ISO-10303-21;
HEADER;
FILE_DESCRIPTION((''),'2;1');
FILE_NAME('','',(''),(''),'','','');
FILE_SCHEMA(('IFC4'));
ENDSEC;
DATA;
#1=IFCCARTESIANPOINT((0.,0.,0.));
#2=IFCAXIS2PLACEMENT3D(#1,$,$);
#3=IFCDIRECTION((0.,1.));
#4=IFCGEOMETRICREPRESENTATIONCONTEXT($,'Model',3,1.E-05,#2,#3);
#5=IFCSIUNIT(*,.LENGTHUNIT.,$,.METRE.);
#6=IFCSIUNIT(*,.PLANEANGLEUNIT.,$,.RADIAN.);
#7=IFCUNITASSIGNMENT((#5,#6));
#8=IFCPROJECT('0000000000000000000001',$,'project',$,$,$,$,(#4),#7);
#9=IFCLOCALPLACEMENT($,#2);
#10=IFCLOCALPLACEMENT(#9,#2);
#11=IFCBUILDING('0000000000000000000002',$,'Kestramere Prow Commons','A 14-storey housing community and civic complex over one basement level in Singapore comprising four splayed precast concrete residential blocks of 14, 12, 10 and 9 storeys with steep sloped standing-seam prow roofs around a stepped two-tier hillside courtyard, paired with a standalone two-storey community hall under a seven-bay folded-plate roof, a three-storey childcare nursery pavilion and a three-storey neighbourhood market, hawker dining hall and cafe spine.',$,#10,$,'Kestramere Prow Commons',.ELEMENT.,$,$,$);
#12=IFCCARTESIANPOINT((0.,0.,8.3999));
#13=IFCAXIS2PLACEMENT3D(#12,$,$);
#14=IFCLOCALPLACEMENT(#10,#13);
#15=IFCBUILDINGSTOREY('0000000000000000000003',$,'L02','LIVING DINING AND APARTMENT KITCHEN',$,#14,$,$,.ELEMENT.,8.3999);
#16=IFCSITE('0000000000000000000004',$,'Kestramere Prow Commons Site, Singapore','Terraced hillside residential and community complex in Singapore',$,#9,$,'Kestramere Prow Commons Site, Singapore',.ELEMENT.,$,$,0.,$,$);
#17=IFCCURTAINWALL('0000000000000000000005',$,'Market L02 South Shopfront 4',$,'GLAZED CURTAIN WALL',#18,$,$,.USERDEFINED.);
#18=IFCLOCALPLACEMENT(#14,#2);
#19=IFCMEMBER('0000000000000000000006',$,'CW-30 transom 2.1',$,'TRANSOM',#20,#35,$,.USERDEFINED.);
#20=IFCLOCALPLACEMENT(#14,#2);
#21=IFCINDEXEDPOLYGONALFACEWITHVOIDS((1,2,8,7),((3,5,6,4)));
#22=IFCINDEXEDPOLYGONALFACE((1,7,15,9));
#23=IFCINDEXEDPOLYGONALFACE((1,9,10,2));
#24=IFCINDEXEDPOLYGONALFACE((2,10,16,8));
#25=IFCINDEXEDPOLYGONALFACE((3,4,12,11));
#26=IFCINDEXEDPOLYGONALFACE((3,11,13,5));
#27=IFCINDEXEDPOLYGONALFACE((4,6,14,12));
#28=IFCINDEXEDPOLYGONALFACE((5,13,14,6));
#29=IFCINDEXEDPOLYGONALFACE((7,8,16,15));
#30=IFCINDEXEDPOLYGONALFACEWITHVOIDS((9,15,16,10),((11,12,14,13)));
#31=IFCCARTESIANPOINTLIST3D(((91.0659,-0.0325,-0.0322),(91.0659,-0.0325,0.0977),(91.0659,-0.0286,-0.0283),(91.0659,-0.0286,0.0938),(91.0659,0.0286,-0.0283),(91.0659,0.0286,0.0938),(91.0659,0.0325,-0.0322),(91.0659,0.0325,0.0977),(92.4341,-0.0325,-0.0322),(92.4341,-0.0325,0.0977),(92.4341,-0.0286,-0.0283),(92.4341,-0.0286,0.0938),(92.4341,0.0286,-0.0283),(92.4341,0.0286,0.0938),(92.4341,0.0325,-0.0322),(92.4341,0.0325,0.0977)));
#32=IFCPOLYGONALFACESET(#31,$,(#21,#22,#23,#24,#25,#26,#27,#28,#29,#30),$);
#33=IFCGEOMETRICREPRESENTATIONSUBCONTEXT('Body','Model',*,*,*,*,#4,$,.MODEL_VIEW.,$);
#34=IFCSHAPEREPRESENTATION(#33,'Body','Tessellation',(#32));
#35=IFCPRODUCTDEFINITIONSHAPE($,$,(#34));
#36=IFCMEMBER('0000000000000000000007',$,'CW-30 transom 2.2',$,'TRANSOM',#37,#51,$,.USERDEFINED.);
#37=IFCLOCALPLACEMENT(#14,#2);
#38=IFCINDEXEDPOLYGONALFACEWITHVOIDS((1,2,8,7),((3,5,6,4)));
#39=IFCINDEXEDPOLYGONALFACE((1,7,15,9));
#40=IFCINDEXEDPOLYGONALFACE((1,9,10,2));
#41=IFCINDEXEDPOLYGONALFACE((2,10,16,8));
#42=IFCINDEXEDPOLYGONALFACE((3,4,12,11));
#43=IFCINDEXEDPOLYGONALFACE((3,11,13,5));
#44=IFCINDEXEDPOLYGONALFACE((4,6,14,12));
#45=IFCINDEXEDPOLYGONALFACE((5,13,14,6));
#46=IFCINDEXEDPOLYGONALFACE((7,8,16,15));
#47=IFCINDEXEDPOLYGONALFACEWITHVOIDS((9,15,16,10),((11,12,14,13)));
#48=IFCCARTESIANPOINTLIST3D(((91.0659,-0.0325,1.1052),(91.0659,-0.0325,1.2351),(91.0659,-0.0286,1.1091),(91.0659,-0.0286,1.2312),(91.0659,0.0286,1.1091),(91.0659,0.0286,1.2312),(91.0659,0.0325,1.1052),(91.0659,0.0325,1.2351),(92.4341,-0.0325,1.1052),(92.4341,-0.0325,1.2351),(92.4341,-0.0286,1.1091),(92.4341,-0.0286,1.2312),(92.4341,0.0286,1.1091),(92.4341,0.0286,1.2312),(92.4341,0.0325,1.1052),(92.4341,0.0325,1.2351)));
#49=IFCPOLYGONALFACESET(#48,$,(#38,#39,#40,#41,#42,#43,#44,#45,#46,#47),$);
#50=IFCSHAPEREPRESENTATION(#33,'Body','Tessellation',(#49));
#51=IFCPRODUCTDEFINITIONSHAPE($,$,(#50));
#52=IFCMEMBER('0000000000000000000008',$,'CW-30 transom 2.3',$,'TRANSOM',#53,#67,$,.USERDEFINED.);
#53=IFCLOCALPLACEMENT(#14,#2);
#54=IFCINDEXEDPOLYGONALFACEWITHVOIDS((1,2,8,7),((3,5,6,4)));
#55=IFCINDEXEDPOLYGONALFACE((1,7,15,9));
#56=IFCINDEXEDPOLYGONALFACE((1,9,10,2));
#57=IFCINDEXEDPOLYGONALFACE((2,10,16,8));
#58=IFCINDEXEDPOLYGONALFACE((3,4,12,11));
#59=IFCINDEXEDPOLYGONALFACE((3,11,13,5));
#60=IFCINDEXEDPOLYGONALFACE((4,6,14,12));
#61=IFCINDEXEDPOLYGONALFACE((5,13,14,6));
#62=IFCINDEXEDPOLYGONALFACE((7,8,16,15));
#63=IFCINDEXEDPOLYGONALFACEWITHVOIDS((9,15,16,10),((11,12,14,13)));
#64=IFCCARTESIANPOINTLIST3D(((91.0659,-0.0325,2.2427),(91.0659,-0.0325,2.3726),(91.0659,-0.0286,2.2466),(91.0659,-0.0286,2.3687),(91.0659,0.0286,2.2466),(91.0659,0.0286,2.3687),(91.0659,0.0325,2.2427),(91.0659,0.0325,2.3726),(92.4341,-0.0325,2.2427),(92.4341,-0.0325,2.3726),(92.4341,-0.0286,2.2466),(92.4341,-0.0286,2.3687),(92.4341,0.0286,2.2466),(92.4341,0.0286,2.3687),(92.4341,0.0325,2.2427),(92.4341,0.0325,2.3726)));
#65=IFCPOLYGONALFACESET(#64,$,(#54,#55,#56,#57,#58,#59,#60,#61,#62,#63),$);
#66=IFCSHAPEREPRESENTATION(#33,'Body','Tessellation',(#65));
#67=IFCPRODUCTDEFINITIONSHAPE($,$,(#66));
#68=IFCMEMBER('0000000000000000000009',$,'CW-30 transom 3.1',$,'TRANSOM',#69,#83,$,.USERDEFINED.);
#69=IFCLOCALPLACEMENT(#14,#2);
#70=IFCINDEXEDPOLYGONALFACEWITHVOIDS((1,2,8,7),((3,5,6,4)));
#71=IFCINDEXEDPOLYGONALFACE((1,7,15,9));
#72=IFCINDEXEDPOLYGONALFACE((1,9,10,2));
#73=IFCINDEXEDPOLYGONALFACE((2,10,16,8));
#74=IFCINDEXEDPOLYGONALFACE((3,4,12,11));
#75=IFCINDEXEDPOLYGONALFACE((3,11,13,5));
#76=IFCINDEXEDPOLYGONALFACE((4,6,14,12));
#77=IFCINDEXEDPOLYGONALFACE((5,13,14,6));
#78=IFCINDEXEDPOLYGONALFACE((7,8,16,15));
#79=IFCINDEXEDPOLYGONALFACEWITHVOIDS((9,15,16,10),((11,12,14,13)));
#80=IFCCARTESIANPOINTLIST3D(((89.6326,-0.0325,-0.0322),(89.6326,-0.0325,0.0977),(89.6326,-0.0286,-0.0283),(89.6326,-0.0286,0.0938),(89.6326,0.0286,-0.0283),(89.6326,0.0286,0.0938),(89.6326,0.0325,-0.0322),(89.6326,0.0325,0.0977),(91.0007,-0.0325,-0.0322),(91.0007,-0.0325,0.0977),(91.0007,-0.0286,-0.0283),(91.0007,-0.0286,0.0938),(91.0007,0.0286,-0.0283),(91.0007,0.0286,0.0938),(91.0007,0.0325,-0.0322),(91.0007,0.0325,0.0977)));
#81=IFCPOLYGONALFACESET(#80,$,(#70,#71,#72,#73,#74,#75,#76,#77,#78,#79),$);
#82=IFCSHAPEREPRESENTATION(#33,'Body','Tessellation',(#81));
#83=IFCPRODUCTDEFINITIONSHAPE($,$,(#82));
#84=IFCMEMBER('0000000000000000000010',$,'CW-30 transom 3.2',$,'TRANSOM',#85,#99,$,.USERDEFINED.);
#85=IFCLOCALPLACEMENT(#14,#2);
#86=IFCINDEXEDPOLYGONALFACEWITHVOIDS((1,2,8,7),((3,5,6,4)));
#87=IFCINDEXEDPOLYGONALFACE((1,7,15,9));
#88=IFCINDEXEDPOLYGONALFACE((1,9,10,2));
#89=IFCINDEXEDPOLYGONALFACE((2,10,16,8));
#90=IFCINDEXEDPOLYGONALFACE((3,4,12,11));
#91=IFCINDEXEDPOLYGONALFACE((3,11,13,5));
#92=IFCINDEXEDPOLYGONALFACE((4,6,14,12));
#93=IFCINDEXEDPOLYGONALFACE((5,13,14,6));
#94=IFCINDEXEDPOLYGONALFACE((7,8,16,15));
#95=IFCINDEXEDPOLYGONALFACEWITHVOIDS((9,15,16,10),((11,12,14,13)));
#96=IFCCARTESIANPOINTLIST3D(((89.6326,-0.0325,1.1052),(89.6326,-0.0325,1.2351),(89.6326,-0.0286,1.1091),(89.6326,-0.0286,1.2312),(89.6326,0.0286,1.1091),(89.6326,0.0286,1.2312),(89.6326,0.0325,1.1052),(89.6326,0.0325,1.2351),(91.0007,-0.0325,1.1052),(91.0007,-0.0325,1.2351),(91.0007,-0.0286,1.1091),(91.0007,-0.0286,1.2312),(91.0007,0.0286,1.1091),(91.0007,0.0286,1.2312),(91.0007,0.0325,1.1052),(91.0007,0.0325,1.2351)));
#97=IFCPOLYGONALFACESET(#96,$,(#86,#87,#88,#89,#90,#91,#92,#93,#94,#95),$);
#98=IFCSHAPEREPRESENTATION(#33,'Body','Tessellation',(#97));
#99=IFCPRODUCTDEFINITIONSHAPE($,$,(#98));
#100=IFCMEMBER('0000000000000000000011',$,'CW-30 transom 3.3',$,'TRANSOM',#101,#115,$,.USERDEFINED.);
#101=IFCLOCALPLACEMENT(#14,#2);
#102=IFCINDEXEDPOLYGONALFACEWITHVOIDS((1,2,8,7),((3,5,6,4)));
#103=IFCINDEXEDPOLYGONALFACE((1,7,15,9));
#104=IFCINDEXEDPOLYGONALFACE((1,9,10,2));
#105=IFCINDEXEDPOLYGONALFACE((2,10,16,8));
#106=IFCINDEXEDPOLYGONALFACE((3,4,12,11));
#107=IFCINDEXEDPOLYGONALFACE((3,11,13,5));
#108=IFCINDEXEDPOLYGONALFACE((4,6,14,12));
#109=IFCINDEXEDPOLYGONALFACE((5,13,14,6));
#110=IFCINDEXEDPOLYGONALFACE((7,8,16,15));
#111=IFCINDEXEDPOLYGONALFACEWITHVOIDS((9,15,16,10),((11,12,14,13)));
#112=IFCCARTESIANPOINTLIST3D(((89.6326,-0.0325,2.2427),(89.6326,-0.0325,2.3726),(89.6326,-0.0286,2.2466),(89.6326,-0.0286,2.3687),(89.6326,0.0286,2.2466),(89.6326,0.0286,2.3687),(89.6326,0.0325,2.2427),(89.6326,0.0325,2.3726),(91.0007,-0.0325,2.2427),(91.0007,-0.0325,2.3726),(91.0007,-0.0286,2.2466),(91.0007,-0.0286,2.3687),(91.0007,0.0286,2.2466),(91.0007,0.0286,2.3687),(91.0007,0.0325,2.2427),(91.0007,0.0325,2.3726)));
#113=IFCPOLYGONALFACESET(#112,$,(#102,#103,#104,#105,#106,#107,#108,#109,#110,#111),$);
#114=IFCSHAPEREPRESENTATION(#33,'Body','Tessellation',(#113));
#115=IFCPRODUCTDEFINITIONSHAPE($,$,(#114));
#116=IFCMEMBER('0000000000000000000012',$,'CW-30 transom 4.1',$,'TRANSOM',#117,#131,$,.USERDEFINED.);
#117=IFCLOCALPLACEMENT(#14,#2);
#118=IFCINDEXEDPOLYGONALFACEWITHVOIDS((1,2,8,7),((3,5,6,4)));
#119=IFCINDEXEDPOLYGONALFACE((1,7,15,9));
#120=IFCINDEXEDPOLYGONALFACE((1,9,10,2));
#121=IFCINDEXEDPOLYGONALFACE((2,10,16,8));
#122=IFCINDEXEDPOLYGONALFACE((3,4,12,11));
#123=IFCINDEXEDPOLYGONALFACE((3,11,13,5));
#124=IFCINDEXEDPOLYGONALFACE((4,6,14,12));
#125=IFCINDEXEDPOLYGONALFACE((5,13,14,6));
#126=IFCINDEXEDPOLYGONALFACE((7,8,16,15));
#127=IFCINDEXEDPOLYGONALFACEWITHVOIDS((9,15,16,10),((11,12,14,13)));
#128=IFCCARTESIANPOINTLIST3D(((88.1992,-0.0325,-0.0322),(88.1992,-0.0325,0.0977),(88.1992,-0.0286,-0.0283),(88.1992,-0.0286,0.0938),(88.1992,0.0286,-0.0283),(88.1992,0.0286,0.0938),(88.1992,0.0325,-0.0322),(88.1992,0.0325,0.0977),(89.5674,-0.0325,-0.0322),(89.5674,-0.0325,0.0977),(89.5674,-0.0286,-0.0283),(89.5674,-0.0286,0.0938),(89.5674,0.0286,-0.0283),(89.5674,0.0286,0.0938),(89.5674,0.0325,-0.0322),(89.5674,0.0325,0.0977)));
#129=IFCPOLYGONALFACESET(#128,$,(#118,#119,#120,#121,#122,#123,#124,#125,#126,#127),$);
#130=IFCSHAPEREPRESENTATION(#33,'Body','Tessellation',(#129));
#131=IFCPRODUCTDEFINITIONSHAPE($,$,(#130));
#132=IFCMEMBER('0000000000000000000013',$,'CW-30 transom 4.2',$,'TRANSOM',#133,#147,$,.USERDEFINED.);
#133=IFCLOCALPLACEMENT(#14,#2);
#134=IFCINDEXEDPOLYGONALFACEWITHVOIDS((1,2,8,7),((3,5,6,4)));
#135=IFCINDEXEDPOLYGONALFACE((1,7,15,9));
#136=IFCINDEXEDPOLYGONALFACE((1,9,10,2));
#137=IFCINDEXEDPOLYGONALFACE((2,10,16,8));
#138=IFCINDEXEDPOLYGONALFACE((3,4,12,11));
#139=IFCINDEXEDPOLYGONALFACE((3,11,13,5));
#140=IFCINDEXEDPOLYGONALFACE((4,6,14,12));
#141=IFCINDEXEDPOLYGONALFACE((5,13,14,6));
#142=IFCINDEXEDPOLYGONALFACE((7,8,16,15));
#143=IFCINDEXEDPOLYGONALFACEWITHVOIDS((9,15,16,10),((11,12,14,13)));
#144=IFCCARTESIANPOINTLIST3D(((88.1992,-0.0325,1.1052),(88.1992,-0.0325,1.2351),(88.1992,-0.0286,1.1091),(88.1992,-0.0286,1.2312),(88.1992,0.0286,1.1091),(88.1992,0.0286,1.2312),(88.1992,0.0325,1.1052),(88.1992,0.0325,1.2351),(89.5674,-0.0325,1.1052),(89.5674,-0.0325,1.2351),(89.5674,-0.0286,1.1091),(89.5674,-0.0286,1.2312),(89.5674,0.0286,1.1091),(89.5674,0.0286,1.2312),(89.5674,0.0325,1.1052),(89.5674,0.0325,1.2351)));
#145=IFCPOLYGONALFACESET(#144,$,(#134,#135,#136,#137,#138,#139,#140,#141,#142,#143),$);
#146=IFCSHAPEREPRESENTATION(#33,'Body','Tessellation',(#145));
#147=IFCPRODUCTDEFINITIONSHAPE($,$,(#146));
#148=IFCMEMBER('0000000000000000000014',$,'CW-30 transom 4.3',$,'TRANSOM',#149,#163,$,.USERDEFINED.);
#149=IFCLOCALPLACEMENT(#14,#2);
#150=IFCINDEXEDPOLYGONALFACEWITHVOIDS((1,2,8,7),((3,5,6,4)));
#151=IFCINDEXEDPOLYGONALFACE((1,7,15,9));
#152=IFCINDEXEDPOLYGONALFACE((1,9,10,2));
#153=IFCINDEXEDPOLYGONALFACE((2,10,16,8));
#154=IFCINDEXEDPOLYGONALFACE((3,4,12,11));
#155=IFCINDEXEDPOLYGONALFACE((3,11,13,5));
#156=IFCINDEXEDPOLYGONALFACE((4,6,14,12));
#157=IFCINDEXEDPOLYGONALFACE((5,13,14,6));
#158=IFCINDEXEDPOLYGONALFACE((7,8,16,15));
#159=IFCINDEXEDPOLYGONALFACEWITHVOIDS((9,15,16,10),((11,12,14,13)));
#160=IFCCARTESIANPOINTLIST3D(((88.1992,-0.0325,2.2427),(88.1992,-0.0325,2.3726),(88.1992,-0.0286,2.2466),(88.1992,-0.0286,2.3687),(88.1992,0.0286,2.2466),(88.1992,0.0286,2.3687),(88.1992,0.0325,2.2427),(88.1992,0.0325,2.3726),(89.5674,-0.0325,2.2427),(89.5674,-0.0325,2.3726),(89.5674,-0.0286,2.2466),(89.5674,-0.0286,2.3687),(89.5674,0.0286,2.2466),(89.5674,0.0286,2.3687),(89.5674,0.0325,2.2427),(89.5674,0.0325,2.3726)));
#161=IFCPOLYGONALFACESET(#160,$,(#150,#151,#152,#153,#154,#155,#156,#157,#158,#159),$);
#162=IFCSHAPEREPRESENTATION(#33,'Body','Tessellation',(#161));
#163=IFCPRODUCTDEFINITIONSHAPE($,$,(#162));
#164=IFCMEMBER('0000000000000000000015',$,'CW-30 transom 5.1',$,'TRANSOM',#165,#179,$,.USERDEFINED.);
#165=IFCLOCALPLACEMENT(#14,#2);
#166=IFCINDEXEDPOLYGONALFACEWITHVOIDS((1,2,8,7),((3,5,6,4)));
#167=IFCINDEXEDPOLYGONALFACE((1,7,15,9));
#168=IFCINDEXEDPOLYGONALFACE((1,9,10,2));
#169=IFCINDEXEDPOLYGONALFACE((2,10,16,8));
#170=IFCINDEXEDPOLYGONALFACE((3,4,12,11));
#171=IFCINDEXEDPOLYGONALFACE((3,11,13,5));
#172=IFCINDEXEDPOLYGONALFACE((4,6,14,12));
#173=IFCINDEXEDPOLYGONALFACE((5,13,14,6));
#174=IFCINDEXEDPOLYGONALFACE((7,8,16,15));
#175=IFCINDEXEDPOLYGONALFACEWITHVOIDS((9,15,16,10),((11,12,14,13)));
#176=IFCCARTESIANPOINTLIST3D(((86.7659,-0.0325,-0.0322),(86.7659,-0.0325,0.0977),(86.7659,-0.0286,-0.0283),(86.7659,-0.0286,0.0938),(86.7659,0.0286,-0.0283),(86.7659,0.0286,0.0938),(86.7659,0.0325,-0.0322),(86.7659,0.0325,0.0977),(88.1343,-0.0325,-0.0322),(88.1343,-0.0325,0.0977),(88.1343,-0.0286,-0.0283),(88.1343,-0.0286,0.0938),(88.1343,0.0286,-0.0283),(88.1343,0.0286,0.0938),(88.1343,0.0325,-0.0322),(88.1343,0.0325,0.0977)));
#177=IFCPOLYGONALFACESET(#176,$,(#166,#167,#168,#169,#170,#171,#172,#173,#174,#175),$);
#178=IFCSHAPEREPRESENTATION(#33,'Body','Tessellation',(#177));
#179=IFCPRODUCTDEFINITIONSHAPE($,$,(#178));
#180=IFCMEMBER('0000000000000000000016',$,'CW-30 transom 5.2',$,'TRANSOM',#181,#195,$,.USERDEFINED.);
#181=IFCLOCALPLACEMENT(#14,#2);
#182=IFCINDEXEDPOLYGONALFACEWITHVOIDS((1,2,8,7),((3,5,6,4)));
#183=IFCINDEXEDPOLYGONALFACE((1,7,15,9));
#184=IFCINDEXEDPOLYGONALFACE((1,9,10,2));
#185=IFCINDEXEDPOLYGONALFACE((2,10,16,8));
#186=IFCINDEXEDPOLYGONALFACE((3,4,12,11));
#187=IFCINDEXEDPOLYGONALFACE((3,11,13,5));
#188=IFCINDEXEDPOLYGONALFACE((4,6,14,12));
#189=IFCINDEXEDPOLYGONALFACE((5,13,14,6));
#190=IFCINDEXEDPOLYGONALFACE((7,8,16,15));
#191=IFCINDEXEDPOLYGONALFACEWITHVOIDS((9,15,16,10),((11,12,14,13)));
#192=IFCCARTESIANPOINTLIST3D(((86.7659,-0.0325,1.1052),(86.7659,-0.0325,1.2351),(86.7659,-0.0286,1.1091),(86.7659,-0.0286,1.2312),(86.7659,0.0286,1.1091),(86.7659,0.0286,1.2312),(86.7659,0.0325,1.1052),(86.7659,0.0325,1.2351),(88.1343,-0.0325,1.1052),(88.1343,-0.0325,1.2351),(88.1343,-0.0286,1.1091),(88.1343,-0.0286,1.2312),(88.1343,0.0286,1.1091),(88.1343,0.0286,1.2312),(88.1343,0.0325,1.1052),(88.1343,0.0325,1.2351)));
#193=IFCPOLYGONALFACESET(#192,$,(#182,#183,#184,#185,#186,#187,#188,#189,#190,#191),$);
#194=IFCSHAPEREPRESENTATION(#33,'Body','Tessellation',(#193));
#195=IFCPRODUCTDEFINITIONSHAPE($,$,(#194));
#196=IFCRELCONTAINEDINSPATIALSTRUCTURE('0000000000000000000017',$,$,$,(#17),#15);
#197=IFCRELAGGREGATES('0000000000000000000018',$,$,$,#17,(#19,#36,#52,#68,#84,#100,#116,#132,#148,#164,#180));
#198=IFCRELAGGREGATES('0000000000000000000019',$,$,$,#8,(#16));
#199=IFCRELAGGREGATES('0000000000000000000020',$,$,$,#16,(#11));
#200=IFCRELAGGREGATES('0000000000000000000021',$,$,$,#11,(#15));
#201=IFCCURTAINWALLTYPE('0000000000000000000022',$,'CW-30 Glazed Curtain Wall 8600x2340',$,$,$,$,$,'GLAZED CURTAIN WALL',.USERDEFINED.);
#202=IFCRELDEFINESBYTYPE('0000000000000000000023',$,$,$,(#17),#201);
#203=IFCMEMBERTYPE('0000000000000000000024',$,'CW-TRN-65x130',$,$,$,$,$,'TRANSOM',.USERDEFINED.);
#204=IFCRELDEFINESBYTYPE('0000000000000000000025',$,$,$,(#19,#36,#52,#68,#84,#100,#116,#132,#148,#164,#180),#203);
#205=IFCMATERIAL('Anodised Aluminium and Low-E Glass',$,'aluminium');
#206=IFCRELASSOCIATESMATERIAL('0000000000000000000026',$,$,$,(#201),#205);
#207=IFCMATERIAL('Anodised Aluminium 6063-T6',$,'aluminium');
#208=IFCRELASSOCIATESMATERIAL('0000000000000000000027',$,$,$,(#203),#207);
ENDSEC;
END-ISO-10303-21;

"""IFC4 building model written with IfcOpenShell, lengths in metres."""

from ifc_helpers import new_model, si_unit, direction, frame, origin, origin_2d, place, context, subcontext, project, spatial, hollow_rectangle, extrude, material, material_profile, profile_set, type_object, element, aggregate, save


model = new_model("IFC4")

# Units and contexts
model_context = context("Model", 3, precision=1e-05, world=origin(), true_north=direction((0.0, 1.0)))
body_context = subcontext(model_context, "Body", "Model", "MODEL_VIEW")
ifc_project = project(units=[si_unit("LENGTHUNIT", "METRE"), si_unit("PLANEANGLEUNIT", "RADIAN")], contexts=[model_context])

# Site, building, storey
site_placement = place(None, origin())
site = spatial("IfcSite", under=ifc_project, at=site_placement, Name="Kestramere Prow Commons Site, Singapore", Description="Terraced hillside residential and community complex in Singapore", LongName="Kestramere Prow Commons Site, Singapore", CompositionType="ELEMENT", RefElevation=0.0)
building_placement = place(site_placement, origin())
building = spatial("IfcBuilding", under=site, at=building_placement, Name="Kestramere Prow Commons", Description="A 14-storey housing community and civic complex over one basement level in Singapore comprising four splayed precast concrete residential blocks of 14, 12, 10 and 9 storeys with steep sloped standing-seam prow roofs around a stepped two-tier hillside courtyard, paired with a standalone two-storey community hall under a seven-bay folded-plate roof, a three-storey childcare nursery pavilion and a three-storey neighbourhood market, hawker dining hall and cafe spine.", LongName="Kestramere Prow Commons", CompositionType="ELEMENT")
storey_placement = place(building_placement, frame((0.0, 0.0, 8.3999)))
storey = spatial("IfcBuildingStorey", under=building, at=storey_placement, Name="L02", Description="LIVING DINING AND APARTMENT KITCHEN", CompositionType="ELEMENT", Elevation=8.3999)

# Curtain wall, members
ifc_material_1 = material(Name="Anodised Aluminium and Low-E Glass", Category="aluminium")
curtain_wall_type = type_object("IfcCurtainWallType", Name="CW-30 Glazed Curtain Wall 8600x2340", ElementType="GLAZED CURTAIN WALL", PredefinedType="USERDEFINED", material=ifc_material_1)
curtain_wall_placement = place(storey_placement, origin())
curtain_wall = element("IfcCurtainWall", 1, at=curtain_wall_placement, inside=storey, type_object=curtain_wall_type, Name="Market L02 South Shopfront 4", ObjectType="GLAZED CURTAIN WALL", PredefinedType="USERDEFINED")
ifc_material_2 = material(Name="Anodised Aluminium 6063-T6", Category="aluminium")
ifc_material_profile_1 = material_profile(ifc_material_2, hollow_rectangle(XDim=0.0649, YDim=0.1299, WallThickness=0.0039, at=origin_2d()), Name="ALU-TRN 65x130")
ifc_profile_set_1 = profile_set([ifc_material_profile_1], Name="Anodised Aluminium 6063-T6")
member_type_1 = type_object("IfcMemberType", Name="CW-TRN-65x130", ElementType="TRANSOM", PredefinedType="USERDEFINED", material=ifc_profile_set_1)
member_1_placement = place(storey_placement, frame((92.4341, 0.0, 0.0327), z_axis=(-1.0, 0.0, 0.0), x_axis=(0.0, -1.0, 0.0)))
member_1 = element("IfcMember", 2, at=member_1_placement, type_object=member_type_1, Name="CW-30 transom 2.1", ObjectType="TRANSOM", PredefinedType="USERDEFINED", context=body_context, shape_type="SweptSolid", body=[
    extrude(hollow_rectangle(XDim=0.0649, YDim=0.1299, WallThickness=0.0039, at=origin_2d()), origin(), (0.0, 0.0, 1.0), 1.3682),
])
member_2_placement = place(storey_placement, frame((92.4341, 0.0, 1.1702), z_axis=(-1.0, 0.0, 0.0), x_axis=(0.0, -1.0, 0.0)))
member_2 = element("IfcMember", 3, at=member_2_placement, type_object=member_type_1, Name="CW-30 transom 2.2", ObjectType="TRANSOM", PredefinedType="USERDEFINED", context=body_context, shape_type="SweptSolid", body=[
    extrude(hollow_rectangle(XDim=0.0649, YDim=0.1299, WallThickness=0.0039, at=origin_2d()), origin(), (0.0, 0.0, 1.0), 1.3682),
])
member_3_placement = place(storey_placement, frame((92.4341, 0.0, 2.3076), z_axis=(-1.0, 0.0, 0.0), x_axis=(0.0, -1.0, 0.0)))
member_3 = element("IfcMember", 4, at=member_3_placement, type_object=member_type_1, Name="CW-30 transom 2.3", ObjectType="TRANSOM", PredefinedType="USERDEFINED", context=body_context, shape_type="SweptSolid", body=[
    extrude(hollow_rectangle(XDim=0.0649, YDim=0.1299, WallThickness=0.0039, at=origin_2d()), origin(), (0.0, 0.0, 1.0), 1.3682),
])
member_4_placement = place(storey_placement, frame((91.0007, 0.0, 0.0327), z_axis=(-1.0, 0.0, 0.0), x_axis=(0.0, -1.0, 0.0)))
member_4 = element("IfcMember", 5, at=member_4_placement, type_object=member_type_1, Name="CW-30 transom 3.1", ObjectType="TRANSOM", PredefinedType="USERDEFINED", context=body_context, shape_type="SweptSolid", body=[
    extrude(hollow_rectangle(XDim=0.0649, YDim=0.1299, WallThickness=0.0039, at=origin_2d()), origin(), (0.0, 0.0, 1.0), 1.3682),
])
member_5_placement = place(storey_placement, frame((91.0007, 0.0, 1.1702), z_axis=(-1.0, 0.0, 0.0), x_axis=(0.0, -1.0, 0.0)))
member_5 = element("IfcMember", 6, at=member_5_placement, type_object=member_type_1, Name="CW-30 transom 3.2", ObjectType="TRANSOM", PredefinedType="USERDEFINED", context=body_context, shape_type="SweptSolid", body=[
    extrude(hollow_rectangle(XDim=0.0649, YDim=0.1299, WallThickness=0.0039, at=origin_2d()), origin(), (0.0, 0.0, 1.0), 1.3682),
])
member_6_placement = place(storey_placement, frame((91.0007, 0.0, 2.3076), z_axis=(-1.0, 0.0, 0.0), x_axis=(0.0, -1.0, 0.0)))
member_6 = element("IfcMember", 7, at=member_6_placement, type_object=member_type_1, Name="CW-30 transom 3.3", ObjectType="TRANSOM", PredefinedType="USERDEFINED", context=body_context, shape_type="SweptSolid", body=[
    extrude(hollow_rectangle(XDim=0.0649, YDim=0.1299, WallThickness=0.0039, at=origin_2d()), origin(), (0.0, 0.0, 1.0), 1.3682),
])
member_7_placement = place(storey_placement, frame((89.5674, 0.0, 0.0327), z_axis=(-1.0, 0.0, 0.0), x_axis=(0.0, -1.0, 0.0)))
member_7 = element("IfcMember", 8, at=member_7_placement, type_object=member_type_1, Name="CW-30 transom 4.1", ObjectType="TRANSOM", PredefinedType="USERDEFINED", context=body_context, shape_type="SweptSolid", body=[
    extrude(hollow_rectangle(XDim=0.0649, YDim=0.1299, WallThickness=0.0039, at=origin_2d()), origin(), (0.0, 0.0, 1.0), 1.3682),
])
member_8_placement = place(storey_placement, frame((89.5674, 0.0, 1.1702), z_axis=(-1.0, 0.0, 0.0), x_axis=(0.0, -1.0, 0.0)))
member_8 = element("IfcMember", 9, at=member_8_placement, type_object=member_type_1, Name="CW-30 transom 4.2", ObjectType="TRANSOM", PredefinedType="USERDEFINED", context=body_context, shape_type="SweptSolid", body=[
    extrude(hollow_rectangle(XDim=0.0649, YDim=0.1299, WallThickness=0.0039, at=origin_2d()), origin(), (0.0, 0.0, 1.0), 1.3682),
])
member_9_placement = place(storey_placement, frame((89.5674, 0.0, 2.3076), z_axis=(-1.0, 0.0, 0.0), x_axis=(0.0, -1.0, 0.0)))
member_9 = element("IfcMember", 10, at=member_9_placement, type_object=member_type_1, Name="CW-30 transom 4.3", ObjectType="TRANSOM", PredefinedType="USERDEFINED", context=body_context, shape_type="SweptSolid", body=[
    extrude(hollow_rectangle(XDim=0.0649, YDim=0.1299, WallThickness=0.0039, at=origin_2d()), origin(), (0.0, 0.0, 1.0), 1.3682),
])
member_10_placement = place(storey_placement, frame((88.1343, 0.0, 0.0327), z_axis=(-1.0, 0.0, 0.0), x_axis=(0.0, -1.0, 0.0)))
member_10 = element("IfcMember", 11, at=member_10_placement, type_object=member_type_1, Name="CW-30 transom 5.1", ObjectType="TRANSOM", PredefinedType="USERDEFINED", context=body_context, shape_type="SweptSolid", body=[
    extrude(hollow_rectangle(XDim=0.0649, YDim=0.1299, WallThickness=0.0039, at=origin_2d()), origin(), (0.0, 0.0, 1.0), 1.3684),
])
member_11_placement = place(storey_placement, frame((88.1343, 0.0, 1.1702), z_axis=(-1.0, 0.0, 0.0), x_axis=(0.0, -1.0, 0.0)))
member_11 = element("IfcMember", 12, at=member_11_placement, type_object=member_type_1, Name="CW-30 transom 5.2", ObjectType="TRANSOM", PredefinedType="USERDEFINED", context=body_context, shape_type="SweptSolid", body=[
    extrude(hollow_rectangle(XDim=0.0649, YDim=0.1299, WallThickness=0.0039, at=origin_2d()), origin(), (0.0, 0.0, 1.0), 1.3684),
])
aggregate(curtain_wall, [member_1, member_2, member_3, member_4, member_5, member_6, member_7, member_8, member_9, member_10, member_11])

save(model, "model.ifc")
